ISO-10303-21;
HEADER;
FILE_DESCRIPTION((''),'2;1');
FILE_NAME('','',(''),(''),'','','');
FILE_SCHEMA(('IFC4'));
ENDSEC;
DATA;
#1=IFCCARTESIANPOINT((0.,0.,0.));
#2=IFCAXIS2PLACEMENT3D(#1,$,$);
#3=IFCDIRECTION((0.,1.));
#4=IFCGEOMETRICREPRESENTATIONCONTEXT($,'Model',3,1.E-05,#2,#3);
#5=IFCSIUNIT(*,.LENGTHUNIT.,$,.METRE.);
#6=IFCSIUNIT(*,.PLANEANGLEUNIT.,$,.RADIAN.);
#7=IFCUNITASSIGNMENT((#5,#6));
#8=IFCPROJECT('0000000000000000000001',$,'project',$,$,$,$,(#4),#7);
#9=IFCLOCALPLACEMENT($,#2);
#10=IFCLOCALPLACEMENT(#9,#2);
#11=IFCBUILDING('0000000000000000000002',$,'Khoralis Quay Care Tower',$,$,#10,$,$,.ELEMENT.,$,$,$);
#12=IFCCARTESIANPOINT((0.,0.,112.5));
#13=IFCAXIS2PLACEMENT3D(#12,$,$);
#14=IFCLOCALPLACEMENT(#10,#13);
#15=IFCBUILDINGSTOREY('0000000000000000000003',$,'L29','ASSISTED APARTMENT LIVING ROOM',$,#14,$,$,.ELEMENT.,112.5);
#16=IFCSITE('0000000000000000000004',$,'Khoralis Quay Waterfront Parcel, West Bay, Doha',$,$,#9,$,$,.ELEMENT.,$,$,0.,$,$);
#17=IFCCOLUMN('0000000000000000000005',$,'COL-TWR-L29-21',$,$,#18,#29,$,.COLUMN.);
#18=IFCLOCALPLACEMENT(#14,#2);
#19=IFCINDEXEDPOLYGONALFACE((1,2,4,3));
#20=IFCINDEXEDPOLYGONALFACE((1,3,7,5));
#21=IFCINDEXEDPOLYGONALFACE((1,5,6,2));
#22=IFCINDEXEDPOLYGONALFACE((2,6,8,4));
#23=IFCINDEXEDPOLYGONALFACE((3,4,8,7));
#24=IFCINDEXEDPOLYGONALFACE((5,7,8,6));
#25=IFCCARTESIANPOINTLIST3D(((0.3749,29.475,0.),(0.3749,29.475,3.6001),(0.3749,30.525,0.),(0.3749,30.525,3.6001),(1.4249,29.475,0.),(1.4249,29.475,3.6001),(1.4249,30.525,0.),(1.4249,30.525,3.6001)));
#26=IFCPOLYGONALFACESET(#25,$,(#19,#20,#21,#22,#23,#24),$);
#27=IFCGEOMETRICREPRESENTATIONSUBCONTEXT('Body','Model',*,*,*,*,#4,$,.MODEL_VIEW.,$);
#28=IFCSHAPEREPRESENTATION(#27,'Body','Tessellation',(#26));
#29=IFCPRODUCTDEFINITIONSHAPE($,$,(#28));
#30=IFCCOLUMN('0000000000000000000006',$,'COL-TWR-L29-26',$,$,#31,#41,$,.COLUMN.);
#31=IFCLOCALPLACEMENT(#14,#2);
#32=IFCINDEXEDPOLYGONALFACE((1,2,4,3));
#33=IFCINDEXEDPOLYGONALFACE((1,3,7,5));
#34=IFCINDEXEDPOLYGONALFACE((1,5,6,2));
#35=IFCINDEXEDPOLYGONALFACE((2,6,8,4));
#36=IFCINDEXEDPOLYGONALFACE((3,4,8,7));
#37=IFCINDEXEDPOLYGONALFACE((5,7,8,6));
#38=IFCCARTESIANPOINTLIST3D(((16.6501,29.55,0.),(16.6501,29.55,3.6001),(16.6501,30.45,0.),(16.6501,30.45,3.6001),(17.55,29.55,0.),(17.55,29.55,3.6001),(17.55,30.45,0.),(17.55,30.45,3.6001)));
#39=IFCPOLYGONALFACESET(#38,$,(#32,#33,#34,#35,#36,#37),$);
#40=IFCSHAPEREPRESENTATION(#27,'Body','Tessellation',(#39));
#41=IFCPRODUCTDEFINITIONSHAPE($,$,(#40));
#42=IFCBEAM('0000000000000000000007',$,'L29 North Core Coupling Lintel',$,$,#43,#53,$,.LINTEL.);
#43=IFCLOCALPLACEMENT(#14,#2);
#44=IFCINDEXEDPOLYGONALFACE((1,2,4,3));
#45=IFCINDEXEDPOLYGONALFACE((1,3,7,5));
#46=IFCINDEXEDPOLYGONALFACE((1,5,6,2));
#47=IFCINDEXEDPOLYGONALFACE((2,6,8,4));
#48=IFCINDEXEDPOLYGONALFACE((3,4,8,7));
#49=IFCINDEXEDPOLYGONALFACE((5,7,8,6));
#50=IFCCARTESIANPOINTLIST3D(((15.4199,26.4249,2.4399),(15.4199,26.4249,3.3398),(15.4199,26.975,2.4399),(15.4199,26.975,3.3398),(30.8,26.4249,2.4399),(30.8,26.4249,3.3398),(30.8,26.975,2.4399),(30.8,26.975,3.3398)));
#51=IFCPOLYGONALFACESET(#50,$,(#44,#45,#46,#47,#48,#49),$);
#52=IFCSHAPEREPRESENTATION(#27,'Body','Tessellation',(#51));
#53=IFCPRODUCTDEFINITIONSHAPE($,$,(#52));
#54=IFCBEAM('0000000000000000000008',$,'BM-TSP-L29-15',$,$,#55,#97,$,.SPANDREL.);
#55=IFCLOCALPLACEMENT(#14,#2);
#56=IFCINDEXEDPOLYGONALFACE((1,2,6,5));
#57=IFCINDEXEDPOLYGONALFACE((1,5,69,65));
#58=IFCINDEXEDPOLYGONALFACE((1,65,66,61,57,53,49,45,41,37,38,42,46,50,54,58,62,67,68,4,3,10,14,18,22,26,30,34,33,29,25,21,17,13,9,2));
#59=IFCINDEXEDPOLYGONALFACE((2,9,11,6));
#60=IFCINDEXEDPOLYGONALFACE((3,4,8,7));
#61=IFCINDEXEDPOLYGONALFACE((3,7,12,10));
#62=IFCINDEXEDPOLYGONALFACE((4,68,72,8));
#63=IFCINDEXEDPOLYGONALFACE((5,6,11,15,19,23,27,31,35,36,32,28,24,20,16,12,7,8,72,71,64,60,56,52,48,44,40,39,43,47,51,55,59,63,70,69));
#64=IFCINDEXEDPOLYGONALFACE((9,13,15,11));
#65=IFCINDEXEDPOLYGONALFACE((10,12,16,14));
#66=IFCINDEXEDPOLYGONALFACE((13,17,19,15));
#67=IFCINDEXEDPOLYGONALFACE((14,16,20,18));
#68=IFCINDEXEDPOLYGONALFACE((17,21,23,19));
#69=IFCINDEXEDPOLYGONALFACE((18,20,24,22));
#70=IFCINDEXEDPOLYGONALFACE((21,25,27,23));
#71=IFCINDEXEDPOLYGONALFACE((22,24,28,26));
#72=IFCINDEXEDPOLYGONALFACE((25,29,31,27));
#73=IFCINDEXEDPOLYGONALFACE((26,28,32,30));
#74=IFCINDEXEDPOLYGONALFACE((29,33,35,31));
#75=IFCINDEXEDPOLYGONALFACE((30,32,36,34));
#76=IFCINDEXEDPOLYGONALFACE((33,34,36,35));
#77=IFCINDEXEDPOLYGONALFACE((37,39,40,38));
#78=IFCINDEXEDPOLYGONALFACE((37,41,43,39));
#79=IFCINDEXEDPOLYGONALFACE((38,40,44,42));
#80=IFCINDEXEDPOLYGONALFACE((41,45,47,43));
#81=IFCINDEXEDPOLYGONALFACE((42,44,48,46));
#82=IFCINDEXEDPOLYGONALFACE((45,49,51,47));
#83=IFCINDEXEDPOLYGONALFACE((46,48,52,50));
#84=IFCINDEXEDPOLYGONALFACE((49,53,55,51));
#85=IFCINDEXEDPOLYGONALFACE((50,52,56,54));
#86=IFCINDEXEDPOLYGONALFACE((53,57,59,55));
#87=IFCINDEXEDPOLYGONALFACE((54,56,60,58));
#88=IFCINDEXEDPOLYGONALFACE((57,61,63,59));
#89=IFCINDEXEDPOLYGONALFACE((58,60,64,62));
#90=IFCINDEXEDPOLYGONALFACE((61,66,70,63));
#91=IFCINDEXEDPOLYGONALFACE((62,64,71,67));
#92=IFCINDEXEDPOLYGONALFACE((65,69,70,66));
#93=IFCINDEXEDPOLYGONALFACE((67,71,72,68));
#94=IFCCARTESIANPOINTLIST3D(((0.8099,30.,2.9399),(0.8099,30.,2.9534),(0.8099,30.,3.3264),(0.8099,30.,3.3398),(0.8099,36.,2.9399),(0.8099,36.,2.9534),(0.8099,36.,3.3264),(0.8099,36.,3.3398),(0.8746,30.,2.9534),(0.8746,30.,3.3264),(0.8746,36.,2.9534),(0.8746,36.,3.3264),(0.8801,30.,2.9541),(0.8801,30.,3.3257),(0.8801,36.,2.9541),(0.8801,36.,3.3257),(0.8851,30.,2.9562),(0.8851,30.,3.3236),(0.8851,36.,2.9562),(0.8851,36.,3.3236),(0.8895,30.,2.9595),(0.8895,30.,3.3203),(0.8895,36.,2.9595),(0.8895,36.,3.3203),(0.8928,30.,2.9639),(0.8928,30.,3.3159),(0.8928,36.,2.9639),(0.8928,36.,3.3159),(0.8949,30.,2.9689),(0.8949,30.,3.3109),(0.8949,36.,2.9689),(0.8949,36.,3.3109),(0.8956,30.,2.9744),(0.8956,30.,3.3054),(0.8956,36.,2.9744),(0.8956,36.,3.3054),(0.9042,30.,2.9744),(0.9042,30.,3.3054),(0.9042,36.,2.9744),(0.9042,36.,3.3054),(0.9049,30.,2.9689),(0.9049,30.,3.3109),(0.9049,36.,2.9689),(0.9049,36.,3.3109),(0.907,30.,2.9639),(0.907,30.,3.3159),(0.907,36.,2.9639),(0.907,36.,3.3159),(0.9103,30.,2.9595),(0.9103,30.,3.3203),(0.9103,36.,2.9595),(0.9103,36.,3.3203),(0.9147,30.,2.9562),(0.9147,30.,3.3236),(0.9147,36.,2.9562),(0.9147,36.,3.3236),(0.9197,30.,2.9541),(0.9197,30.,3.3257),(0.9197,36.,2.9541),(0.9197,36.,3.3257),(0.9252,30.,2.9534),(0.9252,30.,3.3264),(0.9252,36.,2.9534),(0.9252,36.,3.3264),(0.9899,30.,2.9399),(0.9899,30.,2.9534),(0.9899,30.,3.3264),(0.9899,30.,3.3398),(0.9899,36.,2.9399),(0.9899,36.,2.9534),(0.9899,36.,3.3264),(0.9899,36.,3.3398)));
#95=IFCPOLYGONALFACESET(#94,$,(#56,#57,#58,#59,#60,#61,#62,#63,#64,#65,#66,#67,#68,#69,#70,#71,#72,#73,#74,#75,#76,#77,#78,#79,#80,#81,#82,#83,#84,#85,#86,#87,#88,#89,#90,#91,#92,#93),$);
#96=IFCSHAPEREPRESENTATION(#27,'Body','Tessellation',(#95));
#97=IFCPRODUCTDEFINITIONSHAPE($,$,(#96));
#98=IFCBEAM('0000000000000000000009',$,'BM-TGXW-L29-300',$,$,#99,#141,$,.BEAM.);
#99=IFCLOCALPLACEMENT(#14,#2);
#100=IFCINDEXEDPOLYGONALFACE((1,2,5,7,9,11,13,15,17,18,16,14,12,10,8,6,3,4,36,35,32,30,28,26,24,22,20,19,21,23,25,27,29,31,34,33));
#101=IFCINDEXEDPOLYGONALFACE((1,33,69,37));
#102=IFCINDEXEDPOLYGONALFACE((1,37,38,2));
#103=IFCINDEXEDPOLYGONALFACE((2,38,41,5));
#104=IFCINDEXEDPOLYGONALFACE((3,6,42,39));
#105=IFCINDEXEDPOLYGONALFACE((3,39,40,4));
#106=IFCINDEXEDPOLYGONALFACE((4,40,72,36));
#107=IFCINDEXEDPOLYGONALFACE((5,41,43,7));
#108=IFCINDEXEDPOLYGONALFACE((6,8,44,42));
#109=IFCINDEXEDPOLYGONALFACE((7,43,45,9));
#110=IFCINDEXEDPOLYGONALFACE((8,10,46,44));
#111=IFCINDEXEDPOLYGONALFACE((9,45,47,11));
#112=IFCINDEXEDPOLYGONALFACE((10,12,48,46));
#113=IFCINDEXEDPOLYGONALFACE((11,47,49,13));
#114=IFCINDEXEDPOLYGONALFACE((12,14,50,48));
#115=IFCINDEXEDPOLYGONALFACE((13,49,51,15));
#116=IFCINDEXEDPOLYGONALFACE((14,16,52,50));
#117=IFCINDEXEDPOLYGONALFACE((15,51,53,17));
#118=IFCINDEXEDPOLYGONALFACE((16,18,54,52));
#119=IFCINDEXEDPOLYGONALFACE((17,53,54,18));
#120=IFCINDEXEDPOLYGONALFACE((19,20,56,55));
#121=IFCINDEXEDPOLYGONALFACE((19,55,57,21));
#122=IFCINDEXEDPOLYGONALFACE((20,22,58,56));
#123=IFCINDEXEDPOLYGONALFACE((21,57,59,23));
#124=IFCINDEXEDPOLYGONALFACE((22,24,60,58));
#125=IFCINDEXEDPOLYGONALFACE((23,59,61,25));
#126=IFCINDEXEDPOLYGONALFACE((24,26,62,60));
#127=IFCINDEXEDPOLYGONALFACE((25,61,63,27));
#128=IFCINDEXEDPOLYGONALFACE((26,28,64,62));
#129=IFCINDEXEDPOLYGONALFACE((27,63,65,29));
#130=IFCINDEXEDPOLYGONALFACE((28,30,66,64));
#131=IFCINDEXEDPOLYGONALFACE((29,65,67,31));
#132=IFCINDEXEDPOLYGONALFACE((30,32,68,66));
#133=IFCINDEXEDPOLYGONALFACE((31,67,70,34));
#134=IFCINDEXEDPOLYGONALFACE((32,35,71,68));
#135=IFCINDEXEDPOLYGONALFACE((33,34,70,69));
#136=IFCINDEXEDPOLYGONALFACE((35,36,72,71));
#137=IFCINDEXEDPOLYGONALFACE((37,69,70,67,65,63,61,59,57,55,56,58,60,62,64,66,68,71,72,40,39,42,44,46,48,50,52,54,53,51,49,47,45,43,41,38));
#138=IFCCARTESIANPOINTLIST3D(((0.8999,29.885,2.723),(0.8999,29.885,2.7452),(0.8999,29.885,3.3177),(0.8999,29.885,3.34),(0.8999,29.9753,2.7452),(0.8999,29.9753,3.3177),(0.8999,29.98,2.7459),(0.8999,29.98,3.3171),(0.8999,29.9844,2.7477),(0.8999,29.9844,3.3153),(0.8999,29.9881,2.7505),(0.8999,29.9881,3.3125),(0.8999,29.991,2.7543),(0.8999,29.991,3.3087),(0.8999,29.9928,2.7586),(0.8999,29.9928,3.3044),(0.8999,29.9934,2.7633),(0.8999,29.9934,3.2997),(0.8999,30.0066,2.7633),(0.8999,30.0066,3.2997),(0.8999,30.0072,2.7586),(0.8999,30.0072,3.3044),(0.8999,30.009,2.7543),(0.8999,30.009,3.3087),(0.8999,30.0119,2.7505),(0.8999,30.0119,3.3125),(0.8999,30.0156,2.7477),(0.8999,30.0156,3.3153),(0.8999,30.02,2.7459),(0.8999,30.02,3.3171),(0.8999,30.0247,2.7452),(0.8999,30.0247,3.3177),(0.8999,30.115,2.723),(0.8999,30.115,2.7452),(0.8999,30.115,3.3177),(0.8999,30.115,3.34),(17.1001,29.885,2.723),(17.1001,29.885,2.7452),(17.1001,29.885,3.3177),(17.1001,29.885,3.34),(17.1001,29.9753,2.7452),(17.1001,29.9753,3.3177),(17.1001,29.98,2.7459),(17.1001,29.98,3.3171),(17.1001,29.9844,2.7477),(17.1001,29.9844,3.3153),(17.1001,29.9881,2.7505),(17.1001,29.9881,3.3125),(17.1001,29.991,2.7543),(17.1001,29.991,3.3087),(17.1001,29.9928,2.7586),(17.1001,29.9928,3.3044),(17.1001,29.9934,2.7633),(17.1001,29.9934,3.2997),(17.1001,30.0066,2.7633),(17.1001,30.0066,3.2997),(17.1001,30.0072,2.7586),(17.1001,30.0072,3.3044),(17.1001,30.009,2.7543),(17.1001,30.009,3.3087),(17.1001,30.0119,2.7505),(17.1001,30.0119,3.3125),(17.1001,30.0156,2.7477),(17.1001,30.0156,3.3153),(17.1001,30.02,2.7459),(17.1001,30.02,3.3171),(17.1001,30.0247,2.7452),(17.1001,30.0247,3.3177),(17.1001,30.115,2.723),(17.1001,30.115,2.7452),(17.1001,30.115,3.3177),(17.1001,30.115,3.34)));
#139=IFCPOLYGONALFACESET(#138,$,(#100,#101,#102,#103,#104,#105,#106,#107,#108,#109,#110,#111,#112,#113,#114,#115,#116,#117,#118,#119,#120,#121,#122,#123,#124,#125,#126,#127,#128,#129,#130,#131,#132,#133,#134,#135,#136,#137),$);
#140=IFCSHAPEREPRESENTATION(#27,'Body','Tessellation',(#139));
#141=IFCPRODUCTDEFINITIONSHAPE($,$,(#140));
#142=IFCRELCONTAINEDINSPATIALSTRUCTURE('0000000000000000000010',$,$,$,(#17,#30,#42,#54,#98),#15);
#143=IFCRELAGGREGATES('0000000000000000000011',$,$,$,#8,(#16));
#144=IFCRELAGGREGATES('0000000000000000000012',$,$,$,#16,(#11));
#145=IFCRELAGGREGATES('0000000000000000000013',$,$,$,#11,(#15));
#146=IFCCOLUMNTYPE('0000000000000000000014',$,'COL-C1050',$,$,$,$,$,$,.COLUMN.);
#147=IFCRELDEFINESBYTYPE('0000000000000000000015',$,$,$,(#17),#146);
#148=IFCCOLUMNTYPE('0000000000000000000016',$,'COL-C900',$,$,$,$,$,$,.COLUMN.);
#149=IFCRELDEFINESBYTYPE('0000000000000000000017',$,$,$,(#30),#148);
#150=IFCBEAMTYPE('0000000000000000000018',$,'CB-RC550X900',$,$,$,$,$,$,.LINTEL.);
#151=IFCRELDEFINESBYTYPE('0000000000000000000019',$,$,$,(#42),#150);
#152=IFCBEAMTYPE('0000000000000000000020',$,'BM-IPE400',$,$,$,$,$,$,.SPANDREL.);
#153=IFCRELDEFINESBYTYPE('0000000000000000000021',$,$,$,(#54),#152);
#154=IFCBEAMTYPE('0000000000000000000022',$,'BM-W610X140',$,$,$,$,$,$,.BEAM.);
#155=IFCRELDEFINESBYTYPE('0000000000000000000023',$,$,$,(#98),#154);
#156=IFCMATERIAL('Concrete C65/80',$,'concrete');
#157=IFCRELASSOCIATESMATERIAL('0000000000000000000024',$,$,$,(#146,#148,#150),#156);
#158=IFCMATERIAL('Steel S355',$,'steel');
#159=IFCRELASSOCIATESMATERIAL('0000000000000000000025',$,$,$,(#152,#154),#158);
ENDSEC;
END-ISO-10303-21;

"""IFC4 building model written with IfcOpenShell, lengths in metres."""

from ifc_helpers import new_model, si_unit, direction, frame, origin, origin_2d, place, context, subcontext, project, spatial, rectangle, i_section, extrude, source, transform, mapped, material, material_profile, profile_set, type_object, element, save


model = new_model("IFC4")

# Units and contexts
model_context = context("Model", 3, precision=1e-05, world=origin(), true_north=direction((0.0, 1.0)))
body_context = subcontext(model_context, "Body", "Model", "MODEL_VIEW")
ifc_project = project(units=[si_unit("LENGTHUNIT", "METRE"), si_unit("PLANEANGLEUNIT", "RADIAN")], contexts=[model_context])

# Site, building, storey
site_placement = place(None, origin())
site = spatial("IfcSite", under=ifc_project, at=site_placement, Name="Khoralis Quay Waterfront Parcel, West Bay, Doha", CompositionType="ELEMENT", RefElevation=0.0)
building_placement = place(site_placement, origin())
building = spatial("IfcBuilding", under=site, at=building_placement, Name="Khoralis Quay Care Tower", CompositionType="ELEMENT")
storey_placement = place(building_placement, frame((0.0, 0.0, 112.5)))
storey = spatial("IfcBuildingStorey", under=building, at=storey_placement, Name="L29", Description="ASSISTED APARTMENT LIVING ROOM", CompositionType="ELEMENT", Elevation=112.5)

# Columns
ifc_material_1 = material(Name="Concrete C65/80", Category="concrete")
ifc_material_profile_1 = material_profile(ifc_material_1, rectangle(XDim=1.05, YDim=1.05, at=origin_2d()), Name="Concrete C65/80")
ifc_profile_set_1 = profile_set([ifc_material_profile_1], Name="Concrete C65/80")
column_type_1 = type_object("IfcColumnType", Name="COL-C1050", PredefinedType="COLUMN", material=ifc_profile_set_1)
shared_shape_1 = source(origin(), body_context, "Body", "SweptSolid", [
    extrude(rectangle(XDim=1.05, YDim=1.05, at=origin_2d()), origin(), (0.0, 0.0, 1.0), 3.6001),
])
column_1_placement = place(storey_placement, frame((0.8999, 30.0, 0.0), z_axis=(0.0, 0.0, 1.0), x_axis=(1.0, 0.0, 0.0)))
element("IfcColumn", 1, at=column_1_placement, inside=storey, type_object=column_type_1, Name="COL-TWR-L29-21", PredefinedType="COLUMN", context=body_context, shape_type="MappedRepresentation", body=[
    mapped(shared_shape_1, transform((0.0, 0.0, 0.0), scale=1.0)),
])
ifc_material_profile_2 = material_profile(ifc_material_1, rectangle(XDim=0.8999, YDim=0.8999, at=origin_2d()), Name="Concrete C65/80")
ifc_profile_set_2 = profile_set([ifc_material_profile_2], Name="Concrete C65/80")
column_type_2 = type_object("IfcColumnType", Name="COL-C900", PredefinedType="COLUMN", material=ifc_profile_set_2)
shared_shape_2 = source(origin(), body_context, "Body", "SweptSolid", [
    extrude(rectangle(XDim=0.8999, YDim=0.8999, at=origin_2d()), origin(), (0.0, 0.0, 1.0), 3.6001),
])
column_2_placement = place(storey_placement, frame((17.1001, 30.0, 0.0), z_axis=(0.0, 0.0, 1.0), x_axis=(1.0, 0.0, 0.0)))
element("IfcColumn", 2, at=column_2_placement, inside=storey, type_object=column_type_2, Name="COL-TWR-L29-26", PredefinedType="COLUMN", context=body_context, shape_type="MappedRepresentation", body=[
    mapped(shared_shape_2, transform((0.0, 0.0, 0.0), scale=1.0)),
])

# Beams
ifc_material_profile_3 = material_profile(ifc_material_1, rectangle(XDim=0.55, YDim=0.8999, at=origin_2d()), Name="Concrete C65/80")
ifc_profile_set_3 = profile_set([ifc_material_profile_3], Name="Concrete C65/80")
beam_type_1 = type_object("IfcBeamType", Name="CB-RC550X900", PredefinedType="LINTEL", material=ifc_profile_set_3)
shared_shape_3 = source(origin(), body_context, "Body", "SweptSolid", [
    extrude(rectangle(XDim=0.55, YDim=0.8999, at=origin_2d()), origin(), (0.0, 0.0, 1.0), 15.3801),
])
beam_1_placement = place(storey_placement, frame((15.4199, 26.7, 2.8899), z_axis=(1.0, 0.0, 0.0), x_axis=(0.0, 1.0, 0.0)))
element("IfcBeam", 3, at=beam_1_placement, inside=storey, type_object=beam_type_1, Name="L29 North Core Coupling Lintel", PredefinedType="LINTEL", context=body_context, shape_type="MappedRepresentation", body=[
    mapped(shared_shape_3, transform((0.0, 0.0, 0.0), scale=1.0)),
])
ifc_material_2 = material(Name="Steel S355", Category="steel")
ifc_material_profile_4 = material_profile(ifc_material_2, i_section(OverallWidth=0.1799, OverallDepth=0.3999, WebThickness=0.0085, FlangeThickness=0.0134, FilletRadius=0.021, at=origin_2d()), Name="Steel S355")
ifc_profile_set_4 = profile_set([ifc_material_profile_4], Name="Steel S355")
beam_type_2 = type_object("IfcBeamType", Name="BM-IPE400", PredefinedType="SPANDREL", material=ifc_profile_set_4)
shared_shape_4 = source(origin(), body_context, "Body", "SweptSolid", [
    extrude(i_section(OverallWidth=0.1799, OverallDepth=0.3999, WebThickness=0.0085, FlangeThickness=0.0134, FilletRadius=0.021, at=origin_2d()), origin(), (0.0, 0.0, 1.0), 6.0),
])
beam_2_placement = place(storey_placement, frame((0.8999, 30.0, 3.1399), z_axis=(0.0, 1.0, 0.0), x_axis=(-1.0, 0.0, 0.0)))
element("IfcBeam", 4, at=beam_2_placement, inside=storey, type_object=beam_type_2, Name="BM-TSP-L29-15", PredefinedType="SPANDREL", context=body_context, shape_type="MappedRepresentation", body=[
    mapped(shared_shape_4, transform((0.0, 0.0, 0.0), scale=1.0)),
])
ifc_material_profile_5 = material_profile(ifc_material_2, i_section(OverallWidth=0.23, OverallDepth=0.6169, WebThickness=0.0132, FlangeThickness=0.0222, FilletRadius=0.0181, at=origin_2d()), Name="Steel S355")
ifc_profile_set_5 = profile_set([ifc_material_profile_5], Name="Steel S355")
beam_type_3 = type_object("IfcBeamType", Name="BM-W610X140", PredefinedType="BEAM", material=ifc_profile_set_5)
shared_shape_5 = source(origin(), body_context, "Body", "SweptSolid", [
    extrude(i_section(OverallWidth=0.23, OverallDepth=0.6169, WebThickness=0.0132, FlangeThickness=0.0222, FilletRadius=0.0181, at=origin_2d()), origin(), (0.0, 0.0, 1.0), 16.2002),
])
beam_3_placement = place(storey_placement, frame((0.8999, 30.0, 3.0315), z_axis=(1.0, 0.0, 0.0), x_axis=(0.0, 1.0, 0.0)))
element("IfcBeam", 5, at=beam_3_placement, inside=storey, type_object=beam_type_3, Name="BM-TGXW-L29-300", PredefinedType="BEAM", context=body_context, shape_type="MappedRepresentation", body=[
    mapped(shared_shape_5, transform((0.0, 0.0, 0.0), scale=1.0)),
])

save(model, "model.ifc")
